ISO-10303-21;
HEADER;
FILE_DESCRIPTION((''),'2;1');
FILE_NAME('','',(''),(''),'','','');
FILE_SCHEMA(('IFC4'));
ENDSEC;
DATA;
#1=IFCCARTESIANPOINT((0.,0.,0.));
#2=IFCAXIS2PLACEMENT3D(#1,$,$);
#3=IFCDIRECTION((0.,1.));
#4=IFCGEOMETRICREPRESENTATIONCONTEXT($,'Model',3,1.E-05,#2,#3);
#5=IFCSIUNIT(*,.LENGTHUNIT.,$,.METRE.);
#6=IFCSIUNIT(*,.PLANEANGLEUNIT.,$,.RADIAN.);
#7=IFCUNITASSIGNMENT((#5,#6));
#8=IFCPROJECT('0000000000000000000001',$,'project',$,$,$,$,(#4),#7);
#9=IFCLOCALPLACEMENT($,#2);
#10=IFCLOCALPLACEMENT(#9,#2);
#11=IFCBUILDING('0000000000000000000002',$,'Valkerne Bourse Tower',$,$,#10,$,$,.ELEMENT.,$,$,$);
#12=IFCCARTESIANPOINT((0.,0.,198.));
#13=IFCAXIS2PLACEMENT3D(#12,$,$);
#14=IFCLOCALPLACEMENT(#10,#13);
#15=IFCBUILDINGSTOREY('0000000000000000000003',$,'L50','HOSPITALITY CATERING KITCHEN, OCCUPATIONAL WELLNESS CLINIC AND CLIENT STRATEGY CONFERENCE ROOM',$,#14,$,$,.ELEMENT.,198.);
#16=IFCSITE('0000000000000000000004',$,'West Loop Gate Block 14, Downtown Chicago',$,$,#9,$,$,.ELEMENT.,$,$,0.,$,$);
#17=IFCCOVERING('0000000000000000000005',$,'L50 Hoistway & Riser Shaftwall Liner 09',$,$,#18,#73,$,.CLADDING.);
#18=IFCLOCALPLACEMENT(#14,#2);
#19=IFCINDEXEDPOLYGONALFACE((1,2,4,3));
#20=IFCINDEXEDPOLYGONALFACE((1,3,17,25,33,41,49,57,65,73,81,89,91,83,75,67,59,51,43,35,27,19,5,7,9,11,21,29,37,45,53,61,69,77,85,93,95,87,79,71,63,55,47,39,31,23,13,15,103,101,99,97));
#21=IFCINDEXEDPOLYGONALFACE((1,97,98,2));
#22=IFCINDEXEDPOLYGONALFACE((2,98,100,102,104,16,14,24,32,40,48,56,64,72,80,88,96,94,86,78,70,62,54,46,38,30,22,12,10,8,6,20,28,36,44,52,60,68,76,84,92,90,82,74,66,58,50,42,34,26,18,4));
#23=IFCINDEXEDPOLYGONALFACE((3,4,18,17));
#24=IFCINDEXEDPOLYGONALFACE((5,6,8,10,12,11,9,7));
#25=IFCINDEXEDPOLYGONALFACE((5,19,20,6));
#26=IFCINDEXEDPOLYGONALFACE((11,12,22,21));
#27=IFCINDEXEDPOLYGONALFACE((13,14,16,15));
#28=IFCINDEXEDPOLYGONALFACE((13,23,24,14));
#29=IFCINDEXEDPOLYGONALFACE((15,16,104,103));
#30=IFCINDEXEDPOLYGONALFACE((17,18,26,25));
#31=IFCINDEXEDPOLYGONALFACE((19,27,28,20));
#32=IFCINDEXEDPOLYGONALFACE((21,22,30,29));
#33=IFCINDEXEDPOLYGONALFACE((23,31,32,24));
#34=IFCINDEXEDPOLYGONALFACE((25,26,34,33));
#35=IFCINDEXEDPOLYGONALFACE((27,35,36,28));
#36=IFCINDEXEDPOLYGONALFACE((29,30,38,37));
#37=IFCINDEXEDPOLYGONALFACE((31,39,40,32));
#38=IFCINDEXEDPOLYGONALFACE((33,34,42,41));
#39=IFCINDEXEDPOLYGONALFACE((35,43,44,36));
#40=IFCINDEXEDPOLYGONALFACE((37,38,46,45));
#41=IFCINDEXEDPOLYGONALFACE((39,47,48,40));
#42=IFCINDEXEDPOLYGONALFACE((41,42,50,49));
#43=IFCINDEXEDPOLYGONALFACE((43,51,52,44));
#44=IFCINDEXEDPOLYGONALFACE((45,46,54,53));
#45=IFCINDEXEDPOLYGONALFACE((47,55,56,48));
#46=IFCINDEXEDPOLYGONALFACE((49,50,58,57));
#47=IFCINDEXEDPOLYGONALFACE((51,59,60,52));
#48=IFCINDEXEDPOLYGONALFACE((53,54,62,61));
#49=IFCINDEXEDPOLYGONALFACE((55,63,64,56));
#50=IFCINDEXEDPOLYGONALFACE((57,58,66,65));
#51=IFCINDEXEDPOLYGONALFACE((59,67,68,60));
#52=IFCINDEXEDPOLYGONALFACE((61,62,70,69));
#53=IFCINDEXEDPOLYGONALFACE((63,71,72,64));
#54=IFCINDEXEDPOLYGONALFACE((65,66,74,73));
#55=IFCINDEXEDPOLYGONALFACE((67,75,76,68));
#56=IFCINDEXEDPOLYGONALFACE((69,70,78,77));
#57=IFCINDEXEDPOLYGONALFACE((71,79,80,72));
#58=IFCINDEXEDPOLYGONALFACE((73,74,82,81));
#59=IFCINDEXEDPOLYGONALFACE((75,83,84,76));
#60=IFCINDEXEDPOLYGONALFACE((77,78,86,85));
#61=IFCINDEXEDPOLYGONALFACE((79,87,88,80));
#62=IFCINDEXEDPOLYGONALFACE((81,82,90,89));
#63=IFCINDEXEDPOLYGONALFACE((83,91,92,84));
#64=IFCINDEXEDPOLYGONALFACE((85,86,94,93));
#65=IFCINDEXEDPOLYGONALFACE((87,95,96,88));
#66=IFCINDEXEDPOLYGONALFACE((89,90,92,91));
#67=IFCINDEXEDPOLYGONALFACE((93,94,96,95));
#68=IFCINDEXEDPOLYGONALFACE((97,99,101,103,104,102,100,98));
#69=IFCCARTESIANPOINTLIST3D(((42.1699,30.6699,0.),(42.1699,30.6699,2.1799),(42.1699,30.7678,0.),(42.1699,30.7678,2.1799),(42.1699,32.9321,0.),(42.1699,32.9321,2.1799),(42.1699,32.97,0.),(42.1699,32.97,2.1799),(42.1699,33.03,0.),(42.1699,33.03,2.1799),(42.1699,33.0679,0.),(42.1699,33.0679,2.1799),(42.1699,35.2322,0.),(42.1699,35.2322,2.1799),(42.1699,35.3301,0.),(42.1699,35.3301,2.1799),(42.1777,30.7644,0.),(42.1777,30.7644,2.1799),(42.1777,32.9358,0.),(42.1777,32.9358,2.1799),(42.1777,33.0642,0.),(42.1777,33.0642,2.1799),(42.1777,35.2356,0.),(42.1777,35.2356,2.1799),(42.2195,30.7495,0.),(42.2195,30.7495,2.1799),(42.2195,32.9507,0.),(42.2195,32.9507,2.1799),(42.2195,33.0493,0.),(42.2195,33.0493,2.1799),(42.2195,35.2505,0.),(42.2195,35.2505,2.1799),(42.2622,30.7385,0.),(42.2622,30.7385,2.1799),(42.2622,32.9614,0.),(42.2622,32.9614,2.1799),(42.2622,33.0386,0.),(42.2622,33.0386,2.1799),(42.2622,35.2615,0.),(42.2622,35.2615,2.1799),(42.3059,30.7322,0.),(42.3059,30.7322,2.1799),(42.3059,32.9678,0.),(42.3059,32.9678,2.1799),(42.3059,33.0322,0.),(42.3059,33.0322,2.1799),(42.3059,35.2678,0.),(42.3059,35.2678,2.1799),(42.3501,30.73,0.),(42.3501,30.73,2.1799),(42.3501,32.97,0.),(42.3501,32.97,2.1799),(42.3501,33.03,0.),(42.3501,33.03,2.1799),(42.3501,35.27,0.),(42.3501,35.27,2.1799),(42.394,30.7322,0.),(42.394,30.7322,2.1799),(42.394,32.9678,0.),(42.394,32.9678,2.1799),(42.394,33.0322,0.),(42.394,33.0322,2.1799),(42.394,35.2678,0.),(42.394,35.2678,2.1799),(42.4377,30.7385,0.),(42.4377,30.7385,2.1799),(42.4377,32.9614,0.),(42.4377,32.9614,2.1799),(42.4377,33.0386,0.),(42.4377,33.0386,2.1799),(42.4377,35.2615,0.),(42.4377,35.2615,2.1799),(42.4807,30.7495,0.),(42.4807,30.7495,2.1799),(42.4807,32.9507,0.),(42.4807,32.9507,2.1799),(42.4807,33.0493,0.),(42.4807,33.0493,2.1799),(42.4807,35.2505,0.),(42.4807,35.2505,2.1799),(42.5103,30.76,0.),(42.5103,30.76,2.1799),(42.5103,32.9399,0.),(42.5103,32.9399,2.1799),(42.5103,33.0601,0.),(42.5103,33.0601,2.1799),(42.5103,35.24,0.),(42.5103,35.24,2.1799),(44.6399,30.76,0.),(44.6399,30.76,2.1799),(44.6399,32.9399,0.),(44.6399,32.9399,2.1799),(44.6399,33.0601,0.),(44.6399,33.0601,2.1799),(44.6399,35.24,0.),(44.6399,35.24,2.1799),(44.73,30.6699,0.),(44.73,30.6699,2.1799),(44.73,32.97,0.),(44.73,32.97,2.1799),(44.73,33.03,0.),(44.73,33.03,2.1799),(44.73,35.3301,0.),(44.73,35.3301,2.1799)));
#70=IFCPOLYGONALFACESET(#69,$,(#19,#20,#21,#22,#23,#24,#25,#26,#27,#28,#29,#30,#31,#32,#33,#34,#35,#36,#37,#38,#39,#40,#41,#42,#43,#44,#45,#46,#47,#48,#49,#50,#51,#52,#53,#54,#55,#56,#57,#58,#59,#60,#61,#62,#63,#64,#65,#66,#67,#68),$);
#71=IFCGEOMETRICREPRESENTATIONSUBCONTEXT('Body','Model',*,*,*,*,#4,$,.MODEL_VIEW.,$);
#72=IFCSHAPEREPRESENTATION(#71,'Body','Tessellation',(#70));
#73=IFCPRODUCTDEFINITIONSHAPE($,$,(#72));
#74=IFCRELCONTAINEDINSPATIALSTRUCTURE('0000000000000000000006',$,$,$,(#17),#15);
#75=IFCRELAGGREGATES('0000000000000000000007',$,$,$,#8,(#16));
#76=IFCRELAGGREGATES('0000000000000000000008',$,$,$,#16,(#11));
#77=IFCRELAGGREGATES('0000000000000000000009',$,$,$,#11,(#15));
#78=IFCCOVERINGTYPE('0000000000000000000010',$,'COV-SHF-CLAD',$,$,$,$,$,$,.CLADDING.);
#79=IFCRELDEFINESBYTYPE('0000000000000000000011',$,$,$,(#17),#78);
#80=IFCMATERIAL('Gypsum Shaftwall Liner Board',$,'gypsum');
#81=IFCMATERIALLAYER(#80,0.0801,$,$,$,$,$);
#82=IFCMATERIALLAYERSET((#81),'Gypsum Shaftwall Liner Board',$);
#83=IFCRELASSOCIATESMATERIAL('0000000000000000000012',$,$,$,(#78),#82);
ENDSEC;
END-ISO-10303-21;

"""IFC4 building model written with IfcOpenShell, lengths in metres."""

from ifc_helpers import new_model, si_unit, direction, frame, origin, place, context, subcontext, project, spatial, polyline, outline, extrude, material, layer, layer_set, type_object, element, save


model = new_model("IFC4")

# Units and contexts
model_context = context("Model", 3, precision=1e-05, world=origin(), true_north=direction((0.0, 1.0)))
body_context = subcontext(model_context, "Body", "Model", "MODEL_VIEW")
ifc_project = project(units=[si_unit("LENGTHUNIT", "METRE"), si_unit("PLANEANGLEUNIT", "RADIAN")], contexts=[model_context])

# Site, building, storey
site_placement = place(None, origin())
site = spatial("IfcSite", under=ifc_project, at=site_placement, Name="West Loop Gate Block 14, Downtown Chicago", CompositionType="ELEMENT", RefElevation=0.0)
building_placement = place(site_placement, origin())
building = spatial("IfcBuilding", under=site, at=building_placement, Name="Valkerne Bourse Tower", CompositionType="ELEMENT")
storey_placement = place(building_placement, frame((0.0, 0.0, 198.0)))
storey = spatial("IfcBuildingStorey", under=building, at=storey_placement, Name="L50", Description="HOSPITALITY CATERING KITCHEN, OCCUPATIONAL WELLNESS CLINIC AND CLIENT STRATEGY CONFERENCE ROOM", CompositionType="ELEMENT", Elevation=198.0)

# Covering
ifc_material_1 = material(Name="Gypsum Shaftwall Liner Board", Category="gypsum")
ifc_layer_1 = layer(ifc_material_1, 0.0801)
ifc_layer_set_1 = layer_set([ifc_layer_1], Name="Gypsum Shaftwall Liner Board")
covering_type_1 = type_object("IfcCoveringType", Name="COV-SHF-CLAD", PredefinedType="CLADDING", material=ifc_layer_set_1)
covering_1_placement = place(storey_placement, origin())
element("IfcCovering", 1, at=covering_1_placement, inside=storey, type_object=covering_type_1, Name="L50 Hoistway & Riser Shaftwall Liner 09", PredefinedType="CLADDING", context=body_context, shape_type="SweptSolid", body=[
    extrude(outline(polyline([(42.1699, 33.0679), (42.1777, 33.0642), (42.2195, 33.0493), (42.2622, 33.0386), (42.3059, 33.0322), (42.3501, 33.03), (42.394, 33.0322), (42.4377, 33.0386), (42.4807, 33.0493), (42.5103, 33.0601), (44.6399, 33.0601), (44.6399, 35.24), (42.5103, 35.24), (42.4807, 35.2505), (42.4377, 35.2615), (42.394, 35.2678), (42.3501, 35.27), (42.3059, 35.2678), (42.2622, 35.2615), (42.2195, 35.2505), (42.1777, 35.2356), (42.1699, 35.2322), (42.1699, 35.3301), (44.73, 35.3301), (44.73, 33.03), (44.73, 32.97), (44.73, 30.6699), (42.1699, 30.6699), (42.1699, 30.7678), (42.1777, 30.7644), (42.2195, 30.7495), (42.2622, 30.7385), (42.3059, 30.7322), (42.3501, 30.73), (42.394, 30.7322), (42.4377, 30.7385), (42.4807, 30.7495), (42.5103, 30.76), (44.6399, 30.76), (44.6399, 32.9399), (42.5103, 32.9399), (42.4807, 32.9507), (42.4377, 32.9614), (42.394, 32.9678), (42.3501, 32.97), (42.3059, 32.9678), (42.2622, 32.9614), (42.2195, 32.9507), (42.1777, 32.9358), (42.1699, 32.9321), (42.1699, 32.97), (42.1699, 33.03), (42.1699, 33.0679)])), origin(), (0.0, 0.0, 1.0), 2.1799),
])

save(model, "model.ifc")
